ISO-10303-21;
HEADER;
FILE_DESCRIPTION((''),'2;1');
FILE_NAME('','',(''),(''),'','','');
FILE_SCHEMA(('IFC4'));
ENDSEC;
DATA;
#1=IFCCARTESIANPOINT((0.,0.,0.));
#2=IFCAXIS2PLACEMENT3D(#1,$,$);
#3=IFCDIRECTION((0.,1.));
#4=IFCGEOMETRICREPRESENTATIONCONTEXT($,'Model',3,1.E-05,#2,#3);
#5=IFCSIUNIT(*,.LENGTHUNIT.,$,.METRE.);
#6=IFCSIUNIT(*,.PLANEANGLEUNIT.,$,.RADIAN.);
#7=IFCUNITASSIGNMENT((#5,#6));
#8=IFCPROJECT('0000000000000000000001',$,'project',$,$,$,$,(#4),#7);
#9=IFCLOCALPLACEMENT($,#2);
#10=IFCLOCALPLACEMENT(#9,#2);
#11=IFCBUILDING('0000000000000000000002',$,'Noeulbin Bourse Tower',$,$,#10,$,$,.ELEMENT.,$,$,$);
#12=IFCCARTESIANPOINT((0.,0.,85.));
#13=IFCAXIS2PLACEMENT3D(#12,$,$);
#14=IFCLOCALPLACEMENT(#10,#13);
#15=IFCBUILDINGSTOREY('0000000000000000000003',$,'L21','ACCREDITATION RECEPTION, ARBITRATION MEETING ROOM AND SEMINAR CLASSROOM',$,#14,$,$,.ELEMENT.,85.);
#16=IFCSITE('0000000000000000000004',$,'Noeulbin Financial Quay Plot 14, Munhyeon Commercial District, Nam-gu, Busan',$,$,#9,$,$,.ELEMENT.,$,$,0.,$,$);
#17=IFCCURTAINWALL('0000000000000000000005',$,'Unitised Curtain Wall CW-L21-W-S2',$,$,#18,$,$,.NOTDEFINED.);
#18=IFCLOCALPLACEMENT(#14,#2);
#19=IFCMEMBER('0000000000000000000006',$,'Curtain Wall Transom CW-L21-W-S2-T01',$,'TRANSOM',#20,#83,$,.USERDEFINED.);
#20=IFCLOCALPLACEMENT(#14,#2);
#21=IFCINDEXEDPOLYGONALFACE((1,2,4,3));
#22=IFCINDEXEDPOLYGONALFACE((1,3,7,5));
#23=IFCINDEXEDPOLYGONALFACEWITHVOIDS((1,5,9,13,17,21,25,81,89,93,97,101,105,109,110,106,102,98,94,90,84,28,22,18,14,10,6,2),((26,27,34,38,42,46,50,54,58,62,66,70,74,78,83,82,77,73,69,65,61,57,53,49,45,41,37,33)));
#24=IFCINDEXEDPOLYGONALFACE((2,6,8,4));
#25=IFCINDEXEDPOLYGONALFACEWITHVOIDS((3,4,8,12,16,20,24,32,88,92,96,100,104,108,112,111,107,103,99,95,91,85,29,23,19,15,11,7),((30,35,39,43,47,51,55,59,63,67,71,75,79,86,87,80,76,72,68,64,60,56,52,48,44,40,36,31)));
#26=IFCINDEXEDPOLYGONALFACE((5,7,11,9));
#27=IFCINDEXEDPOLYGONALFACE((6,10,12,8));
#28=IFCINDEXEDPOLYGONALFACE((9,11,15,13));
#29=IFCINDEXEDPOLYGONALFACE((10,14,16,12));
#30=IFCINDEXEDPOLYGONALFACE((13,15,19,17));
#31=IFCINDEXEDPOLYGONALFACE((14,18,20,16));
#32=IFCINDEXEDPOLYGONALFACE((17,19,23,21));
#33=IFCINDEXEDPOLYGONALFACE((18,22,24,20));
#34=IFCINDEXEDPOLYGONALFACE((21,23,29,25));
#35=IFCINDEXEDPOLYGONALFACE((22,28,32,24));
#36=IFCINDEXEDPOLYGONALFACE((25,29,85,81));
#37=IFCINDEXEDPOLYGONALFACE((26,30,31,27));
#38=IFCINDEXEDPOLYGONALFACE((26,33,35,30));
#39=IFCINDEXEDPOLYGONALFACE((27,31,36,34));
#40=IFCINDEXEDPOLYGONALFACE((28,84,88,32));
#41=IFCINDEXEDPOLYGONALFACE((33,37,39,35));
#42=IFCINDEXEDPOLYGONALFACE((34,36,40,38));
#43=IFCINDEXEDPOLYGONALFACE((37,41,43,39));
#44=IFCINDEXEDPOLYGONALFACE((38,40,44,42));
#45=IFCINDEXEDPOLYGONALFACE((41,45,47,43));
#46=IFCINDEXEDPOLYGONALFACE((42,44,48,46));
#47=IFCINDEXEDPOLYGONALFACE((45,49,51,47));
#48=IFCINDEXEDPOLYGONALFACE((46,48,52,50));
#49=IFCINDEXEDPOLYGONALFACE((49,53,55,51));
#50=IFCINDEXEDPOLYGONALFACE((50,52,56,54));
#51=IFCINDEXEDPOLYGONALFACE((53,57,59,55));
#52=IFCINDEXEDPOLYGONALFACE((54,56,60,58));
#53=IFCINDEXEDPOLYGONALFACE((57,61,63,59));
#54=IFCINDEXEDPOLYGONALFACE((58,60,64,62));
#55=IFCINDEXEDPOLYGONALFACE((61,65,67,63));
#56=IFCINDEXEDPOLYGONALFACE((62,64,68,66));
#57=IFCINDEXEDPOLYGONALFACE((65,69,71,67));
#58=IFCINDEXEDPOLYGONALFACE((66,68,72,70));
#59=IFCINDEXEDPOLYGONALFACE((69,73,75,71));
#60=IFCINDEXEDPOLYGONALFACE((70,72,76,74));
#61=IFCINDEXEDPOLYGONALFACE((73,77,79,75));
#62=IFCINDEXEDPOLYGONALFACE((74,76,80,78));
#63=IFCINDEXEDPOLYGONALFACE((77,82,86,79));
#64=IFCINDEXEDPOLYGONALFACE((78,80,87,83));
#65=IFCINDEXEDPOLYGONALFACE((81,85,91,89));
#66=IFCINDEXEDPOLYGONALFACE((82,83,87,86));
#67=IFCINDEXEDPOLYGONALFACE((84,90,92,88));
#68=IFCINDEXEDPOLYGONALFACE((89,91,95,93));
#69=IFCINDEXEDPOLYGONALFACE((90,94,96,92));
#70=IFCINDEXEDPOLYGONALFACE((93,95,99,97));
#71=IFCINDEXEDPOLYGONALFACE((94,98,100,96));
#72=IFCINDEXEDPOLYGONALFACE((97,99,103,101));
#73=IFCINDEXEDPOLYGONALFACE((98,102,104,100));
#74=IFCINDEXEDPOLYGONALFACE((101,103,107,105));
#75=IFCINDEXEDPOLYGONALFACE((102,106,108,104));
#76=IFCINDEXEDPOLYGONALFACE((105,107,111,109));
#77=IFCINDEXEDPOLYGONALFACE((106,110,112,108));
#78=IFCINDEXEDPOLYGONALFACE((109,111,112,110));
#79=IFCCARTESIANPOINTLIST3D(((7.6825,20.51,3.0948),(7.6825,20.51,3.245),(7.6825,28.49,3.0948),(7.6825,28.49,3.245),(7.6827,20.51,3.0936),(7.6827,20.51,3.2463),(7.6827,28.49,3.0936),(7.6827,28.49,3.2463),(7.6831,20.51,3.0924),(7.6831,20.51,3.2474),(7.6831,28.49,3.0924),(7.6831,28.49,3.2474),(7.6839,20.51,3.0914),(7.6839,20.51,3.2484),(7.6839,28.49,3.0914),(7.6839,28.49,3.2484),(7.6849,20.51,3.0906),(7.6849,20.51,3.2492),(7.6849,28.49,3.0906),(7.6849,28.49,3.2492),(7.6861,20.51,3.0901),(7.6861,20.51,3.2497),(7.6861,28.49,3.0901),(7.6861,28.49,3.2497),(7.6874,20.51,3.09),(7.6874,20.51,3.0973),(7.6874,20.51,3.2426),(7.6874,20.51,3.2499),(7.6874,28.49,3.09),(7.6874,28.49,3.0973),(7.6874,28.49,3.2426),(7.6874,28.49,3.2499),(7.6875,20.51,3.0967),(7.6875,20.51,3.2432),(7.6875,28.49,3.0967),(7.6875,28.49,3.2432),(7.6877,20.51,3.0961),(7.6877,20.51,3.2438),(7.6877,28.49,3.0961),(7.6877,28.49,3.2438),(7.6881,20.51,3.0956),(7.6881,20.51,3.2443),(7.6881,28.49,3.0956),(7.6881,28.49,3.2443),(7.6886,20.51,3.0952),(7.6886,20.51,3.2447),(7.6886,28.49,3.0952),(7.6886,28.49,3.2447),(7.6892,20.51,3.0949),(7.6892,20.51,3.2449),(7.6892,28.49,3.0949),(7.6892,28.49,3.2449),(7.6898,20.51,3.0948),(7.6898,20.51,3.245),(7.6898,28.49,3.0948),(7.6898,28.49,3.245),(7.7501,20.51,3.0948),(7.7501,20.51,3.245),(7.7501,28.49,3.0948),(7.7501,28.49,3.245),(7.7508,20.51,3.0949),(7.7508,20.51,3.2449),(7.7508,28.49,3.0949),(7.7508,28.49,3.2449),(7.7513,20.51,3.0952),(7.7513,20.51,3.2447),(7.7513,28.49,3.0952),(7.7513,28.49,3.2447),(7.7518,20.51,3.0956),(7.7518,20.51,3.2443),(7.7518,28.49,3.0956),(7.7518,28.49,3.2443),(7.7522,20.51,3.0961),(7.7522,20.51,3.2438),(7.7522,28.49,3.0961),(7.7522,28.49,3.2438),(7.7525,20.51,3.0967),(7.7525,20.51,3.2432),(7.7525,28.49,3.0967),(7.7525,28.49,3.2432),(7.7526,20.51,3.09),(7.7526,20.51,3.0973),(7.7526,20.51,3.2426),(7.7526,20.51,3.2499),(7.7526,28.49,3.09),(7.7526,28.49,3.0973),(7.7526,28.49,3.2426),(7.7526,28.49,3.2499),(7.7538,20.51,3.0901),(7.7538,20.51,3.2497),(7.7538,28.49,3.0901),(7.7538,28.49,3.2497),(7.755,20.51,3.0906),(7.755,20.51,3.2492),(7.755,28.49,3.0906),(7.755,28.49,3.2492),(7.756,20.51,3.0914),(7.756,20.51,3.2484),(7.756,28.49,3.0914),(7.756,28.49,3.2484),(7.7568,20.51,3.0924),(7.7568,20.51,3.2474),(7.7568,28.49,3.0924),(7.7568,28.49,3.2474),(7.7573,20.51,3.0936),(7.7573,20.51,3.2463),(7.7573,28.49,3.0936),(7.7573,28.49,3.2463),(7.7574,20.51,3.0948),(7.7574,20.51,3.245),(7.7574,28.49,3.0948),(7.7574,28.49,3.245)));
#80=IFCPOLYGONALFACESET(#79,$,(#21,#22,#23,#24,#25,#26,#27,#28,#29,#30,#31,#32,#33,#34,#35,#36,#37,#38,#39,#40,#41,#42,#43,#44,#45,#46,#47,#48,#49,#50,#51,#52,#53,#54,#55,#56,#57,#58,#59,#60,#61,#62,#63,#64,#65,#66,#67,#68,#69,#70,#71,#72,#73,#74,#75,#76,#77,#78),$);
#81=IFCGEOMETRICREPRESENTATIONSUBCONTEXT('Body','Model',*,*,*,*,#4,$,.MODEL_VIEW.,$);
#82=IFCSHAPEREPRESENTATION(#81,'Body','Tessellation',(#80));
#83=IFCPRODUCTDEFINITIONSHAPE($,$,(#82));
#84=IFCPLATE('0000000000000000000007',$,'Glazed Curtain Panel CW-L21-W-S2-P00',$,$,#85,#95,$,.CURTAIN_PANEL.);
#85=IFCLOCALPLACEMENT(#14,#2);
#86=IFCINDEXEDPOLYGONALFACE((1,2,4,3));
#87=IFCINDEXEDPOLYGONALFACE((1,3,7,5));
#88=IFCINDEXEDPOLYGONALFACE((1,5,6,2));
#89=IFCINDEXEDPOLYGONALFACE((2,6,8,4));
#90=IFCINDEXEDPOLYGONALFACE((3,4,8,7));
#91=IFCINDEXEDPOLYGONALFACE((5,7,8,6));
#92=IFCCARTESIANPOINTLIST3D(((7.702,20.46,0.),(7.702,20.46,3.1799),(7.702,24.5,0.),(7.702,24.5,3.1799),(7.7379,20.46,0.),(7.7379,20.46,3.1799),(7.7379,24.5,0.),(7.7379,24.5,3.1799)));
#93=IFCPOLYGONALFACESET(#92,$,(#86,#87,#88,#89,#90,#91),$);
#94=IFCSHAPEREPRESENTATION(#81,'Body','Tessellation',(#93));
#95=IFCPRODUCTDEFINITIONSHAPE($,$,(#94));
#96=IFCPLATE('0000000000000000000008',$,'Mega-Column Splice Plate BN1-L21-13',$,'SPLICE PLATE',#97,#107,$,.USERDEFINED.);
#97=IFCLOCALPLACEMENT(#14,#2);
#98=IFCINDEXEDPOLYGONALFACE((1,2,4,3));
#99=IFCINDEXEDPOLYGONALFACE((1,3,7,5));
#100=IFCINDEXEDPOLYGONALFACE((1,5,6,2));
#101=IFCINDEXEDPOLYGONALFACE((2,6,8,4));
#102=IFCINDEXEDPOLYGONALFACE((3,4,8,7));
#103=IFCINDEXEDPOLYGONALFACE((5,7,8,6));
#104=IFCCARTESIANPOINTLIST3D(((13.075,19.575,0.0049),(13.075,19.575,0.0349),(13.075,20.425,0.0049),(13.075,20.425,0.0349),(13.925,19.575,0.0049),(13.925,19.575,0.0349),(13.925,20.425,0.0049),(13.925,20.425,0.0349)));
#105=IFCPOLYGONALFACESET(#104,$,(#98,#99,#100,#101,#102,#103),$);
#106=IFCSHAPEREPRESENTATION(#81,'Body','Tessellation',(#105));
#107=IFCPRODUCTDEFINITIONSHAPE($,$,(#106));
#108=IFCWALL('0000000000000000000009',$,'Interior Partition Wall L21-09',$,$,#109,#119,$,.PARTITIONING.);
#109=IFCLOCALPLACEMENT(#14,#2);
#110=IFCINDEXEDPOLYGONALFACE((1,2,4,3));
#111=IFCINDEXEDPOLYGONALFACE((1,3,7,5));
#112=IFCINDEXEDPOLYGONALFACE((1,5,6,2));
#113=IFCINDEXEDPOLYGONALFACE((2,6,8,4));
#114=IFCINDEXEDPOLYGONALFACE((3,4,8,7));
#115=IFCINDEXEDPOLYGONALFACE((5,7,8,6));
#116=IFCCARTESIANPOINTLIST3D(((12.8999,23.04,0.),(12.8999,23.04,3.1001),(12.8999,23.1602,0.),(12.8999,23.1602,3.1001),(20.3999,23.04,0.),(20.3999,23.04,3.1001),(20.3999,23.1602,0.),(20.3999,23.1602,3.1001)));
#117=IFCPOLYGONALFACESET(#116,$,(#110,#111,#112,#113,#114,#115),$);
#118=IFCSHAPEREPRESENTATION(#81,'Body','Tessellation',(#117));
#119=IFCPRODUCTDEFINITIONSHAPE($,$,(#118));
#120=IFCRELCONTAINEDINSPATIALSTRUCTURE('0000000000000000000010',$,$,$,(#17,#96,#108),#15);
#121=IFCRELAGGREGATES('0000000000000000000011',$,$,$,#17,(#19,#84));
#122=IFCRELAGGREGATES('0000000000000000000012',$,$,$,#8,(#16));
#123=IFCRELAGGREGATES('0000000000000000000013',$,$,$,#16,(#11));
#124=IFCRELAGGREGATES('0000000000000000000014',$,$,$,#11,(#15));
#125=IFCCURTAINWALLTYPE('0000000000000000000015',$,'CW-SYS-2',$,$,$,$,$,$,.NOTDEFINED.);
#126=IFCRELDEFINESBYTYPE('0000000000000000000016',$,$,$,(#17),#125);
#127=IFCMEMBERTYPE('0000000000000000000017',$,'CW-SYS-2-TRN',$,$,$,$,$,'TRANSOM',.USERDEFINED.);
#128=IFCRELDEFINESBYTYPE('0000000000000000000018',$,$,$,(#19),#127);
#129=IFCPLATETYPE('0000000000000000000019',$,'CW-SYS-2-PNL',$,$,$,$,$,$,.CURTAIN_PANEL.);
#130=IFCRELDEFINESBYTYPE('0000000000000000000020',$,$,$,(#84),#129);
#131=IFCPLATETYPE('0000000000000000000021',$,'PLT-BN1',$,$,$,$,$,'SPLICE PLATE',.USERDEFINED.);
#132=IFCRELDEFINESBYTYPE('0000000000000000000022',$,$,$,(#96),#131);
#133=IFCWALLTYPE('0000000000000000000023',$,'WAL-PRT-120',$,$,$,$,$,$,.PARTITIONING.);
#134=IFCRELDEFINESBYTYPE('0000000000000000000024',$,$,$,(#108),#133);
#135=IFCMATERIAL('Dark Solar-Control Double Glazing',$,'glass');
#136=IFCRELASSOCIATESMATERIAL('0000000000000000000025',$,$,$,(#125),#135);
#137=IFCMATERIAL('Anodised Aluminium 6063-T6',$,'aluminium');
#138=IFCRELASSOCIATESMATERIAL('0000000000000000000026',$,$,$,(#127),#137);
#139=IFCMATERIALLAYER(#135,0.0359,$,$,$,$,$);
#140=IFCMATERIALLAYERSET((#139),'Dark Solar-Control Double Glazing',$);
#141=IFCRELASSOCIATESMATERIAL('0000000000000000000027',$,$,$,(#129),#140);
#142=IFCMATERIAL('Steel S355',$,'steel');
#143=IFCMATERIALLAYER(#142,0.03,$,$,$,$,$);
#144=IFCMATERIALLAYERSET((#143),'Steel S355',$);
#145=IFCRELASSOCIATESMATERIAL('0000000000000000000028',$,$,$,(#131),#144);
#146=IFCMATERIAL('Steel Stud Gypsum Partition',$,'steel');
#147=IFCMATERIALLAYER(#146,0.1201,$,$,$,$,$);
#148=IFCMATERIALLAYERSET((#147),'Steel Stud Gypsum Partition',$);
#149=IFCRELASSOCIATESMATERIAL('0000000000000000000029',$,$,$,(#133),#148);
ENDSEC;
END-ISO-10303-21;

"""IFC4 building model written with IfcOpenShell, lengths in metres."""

from ifc_helpers import new_model, si_unit, direction, frame, frame_2d, origin, origin_2d, place, context, subcontext, project, spatial, rectangle, hollow_rectangle, extrude, material, layer, layer_set, material_profile, profile_set, type_object, element, aggregate, save


model = new_model("IFC4")

# Units and contexts
model_context = context("Model", 3, precision=1e-05, world=origin(), true_north=direction((0.0, 1.0)))
body_context = subcontext(model_context, "Body", "Model", "MODEL_VIEW")
ifc_project = project(units=[si_unit("LENGTHUNIT", "METRE"), si_unit("PLANEANGLEUNIT", "RADIAN")], contexts=[model_context])

# Site, building, storey
site_placement = place(None, origin())
site = spatial("IfcSite", under=ifc_project, at=site_placement, Name="Noeulbin Financial Quay Plot 14, Munhyeon Commercial District, Nam-gu, Busan", CompositionType="ELEMENT", RefElevation=0.0)
building_placement = place(site_placement, origin())
building = spatial("IfcBuilding", under=site, at=building_placement, Name="Noeulbin Bourse Tower", CompositionType="ELEMENT")
storey_placement = place(building_placement, frame((0.0, 0.0, 85.0)))
storey = spatial("IfcBuildingStorey", under=building, at=storey_placement, Name="L21", Description="ACCREDITATION RECEPTION, ARBITRATION MEETING ROOM AND SEMINAR CLASSROOM", CompositionType="ELEMENT", Elevation=85.0)

# Shared definitions
ifc_material_1 = material(Name="Steel S355", Category="steel")

# Curtain wall, member, plate
ifc_material_2 = material(Name="Dark Solar-Control Double Glazing", Category="glass")
curtain_wall_type = type_object("IfcCurtainWallType", Name="CW-SYS-2", PredefinedType="NOTDEFINED", material=ifc_material_2)
curtain_wall_placement = place(storey_placement, origin())
curtain_wall = element("IfcCurtainWall", 1, at=curtain_wall_placement, inside=storey, type_object=curtain_wall_type, Name="Unitised Curtain Wall CW-L21-W-S2", PredefinedType="NOTDEFINED")
ifc_material_3 = material(Name="Anodised Aluminium 6063-T6", Category="aluminium")
ifc_material_profile_1 = material_profile(ifc_material_3, hollow_rectangle(XDim=0.075, YDim=0.1599, WallThickness=0.0049, InnerFilletRadius=0.0024, OuterFilletRadius=0.0049, at=origin_2d()), Name="ALU-TRAN-75x160x5", Category="LoadBearing")
ifc_profile_set_1 = profile_set([ifc_material_profile_1], Name="Anodised Aluminium 6063-T6")
member_type_1 = type_object("IfcMemberType", Name="CW-SYS-2-TRN", ElementType="TRANSOM", PredefinedType="USERDEFINED", material=ifc_profile_set_1)
member_1_placement = place(storey_placement, frame((7.72, 20.51, 3.1699), z_axis=(0.0, 1.0, 0.0), x_axis=(-1.0, 0.0, 0.0)))
member_1 = element("IfcMember", 2, at=member_1_placement, type_object=member_type_1, Name="Curtain Wall Transom CW-L21-W-S2-T01", ObjectType="TRANSOM", PredefinedType="USERDEFINED", context=body_context, shape_type="SweptSolid", body=[
    extrude(hollow_rectangle(XDim=0.075, YDim=0.1599, WallThickness=0.0049, InnerFilletRadius=0.0024, OuterFilletRadius=0.0049, at=origin_2d()), origin(), (0.0, 0.0, 1.0), 7.98),
])
ifc_layer_1 = layer(ifc_material_2, 0.0359)
ifc_layer_set_1 = layer_set([ifc_layer_1], Name="Dark Solar-Control Double Glazing")
plate_type_1 = type_object("IfcPlateType", Name="CW-SYS-2-PNL", PredefinedType="CURTAIN_PANEL", material=ifc_layer_set_1)
plate_1_placement = place(storey_placement, frame((7.72, 22.48, 0.0), z_axis=(0.0, 0.0, 1.0), x_axis=(0.0, 1.0, 0.0)))
plate_1 = element("IfcPlate", 3, at=plate_1_placement, type_object=plate_type_1, Name="Glazed Curtain Panel CW-L21-W-S2-P00", PredefinedType="CURTAIN_PANEL", context=body_context, shape_type="SweptSolid", body=[
    extrude(rectangle(XDim=4.04, YDim=0.0359, at=origin_2d()), origin(), (0.0, 0.0, 1.0), 3.1799),
])
aggregate(curtain_wall, [member_1, plate_1])

# Plate
ifc_layer_2 = layer(ifc_material_1, 0.03)
ifc_layer_set_2 = layer_set([ifc_layer_2], Name="Steel S355")
plate_type_2 = type_object("IfcPlateType", Name="PLT-BN1", ElementType="SPLICE PLATE", PredefinedType="USERDEFINED", material=ifc_layer_set_2)
plate_2_placement = place(storey_placement, frame((13.5, 20.0, 0.0049), z_axis=(0.0, 0.0, 1.0), x_axis=(1.0, 0.0, 0.0)))
element("IfcPlate", 4, at=plate_2_placement, inside=storey, type_object=plate_type_2, Name="Mega-Column Splice Plate BN1-L21-13", ObjectType="SPLICE PLATE", PredefinedType="USERDEFINED", context=body_context, shape_type="SweptSolid", body=[
    extrude(rectangle(XDim=0.8501, YDim=0.8501, at=origin_2d()), origin(), (0.0, 0.0, 1.0), 0.03),
])

# Wall
ifc_material_4 = material(Name="Steel Stud Gypsum Partition", Category="steel")
ifc_layer_3 = layer(ifc_material_4, 0.1201)
ifc_layer_set_3 = layer_set([ifc_layer_3], Name="Steel Stud Gypsum Partition")
wall_type = type_object("IfcWallType", Name="WAL-PRT-120", PredefinedType="PARTITIONING", material=ifc_layer_set_3)
wall_placement = place(storey_placement, frame((12.8999, 23.1001, 0.0), z_axis=(0.0, 0.0, 1.0), x_axis=(1.0, 0.0, 0.0)))
element("IfcWall", 5, at=wall_placement, inside=storey, type_object=wall_type, Name="Interior Partition Wall L21-09", PredefinedType="PARTITIONING", context=body_context, shape_type="SweptSolid", body=[
    extrude(rectangle(XDim=7.5, YDim=0.1201, at=frame_2d((3.75, 0.0))), origin(), (0.0, 0.0, 1.0), 3.1001),
])

save(model, "model.ifc")
